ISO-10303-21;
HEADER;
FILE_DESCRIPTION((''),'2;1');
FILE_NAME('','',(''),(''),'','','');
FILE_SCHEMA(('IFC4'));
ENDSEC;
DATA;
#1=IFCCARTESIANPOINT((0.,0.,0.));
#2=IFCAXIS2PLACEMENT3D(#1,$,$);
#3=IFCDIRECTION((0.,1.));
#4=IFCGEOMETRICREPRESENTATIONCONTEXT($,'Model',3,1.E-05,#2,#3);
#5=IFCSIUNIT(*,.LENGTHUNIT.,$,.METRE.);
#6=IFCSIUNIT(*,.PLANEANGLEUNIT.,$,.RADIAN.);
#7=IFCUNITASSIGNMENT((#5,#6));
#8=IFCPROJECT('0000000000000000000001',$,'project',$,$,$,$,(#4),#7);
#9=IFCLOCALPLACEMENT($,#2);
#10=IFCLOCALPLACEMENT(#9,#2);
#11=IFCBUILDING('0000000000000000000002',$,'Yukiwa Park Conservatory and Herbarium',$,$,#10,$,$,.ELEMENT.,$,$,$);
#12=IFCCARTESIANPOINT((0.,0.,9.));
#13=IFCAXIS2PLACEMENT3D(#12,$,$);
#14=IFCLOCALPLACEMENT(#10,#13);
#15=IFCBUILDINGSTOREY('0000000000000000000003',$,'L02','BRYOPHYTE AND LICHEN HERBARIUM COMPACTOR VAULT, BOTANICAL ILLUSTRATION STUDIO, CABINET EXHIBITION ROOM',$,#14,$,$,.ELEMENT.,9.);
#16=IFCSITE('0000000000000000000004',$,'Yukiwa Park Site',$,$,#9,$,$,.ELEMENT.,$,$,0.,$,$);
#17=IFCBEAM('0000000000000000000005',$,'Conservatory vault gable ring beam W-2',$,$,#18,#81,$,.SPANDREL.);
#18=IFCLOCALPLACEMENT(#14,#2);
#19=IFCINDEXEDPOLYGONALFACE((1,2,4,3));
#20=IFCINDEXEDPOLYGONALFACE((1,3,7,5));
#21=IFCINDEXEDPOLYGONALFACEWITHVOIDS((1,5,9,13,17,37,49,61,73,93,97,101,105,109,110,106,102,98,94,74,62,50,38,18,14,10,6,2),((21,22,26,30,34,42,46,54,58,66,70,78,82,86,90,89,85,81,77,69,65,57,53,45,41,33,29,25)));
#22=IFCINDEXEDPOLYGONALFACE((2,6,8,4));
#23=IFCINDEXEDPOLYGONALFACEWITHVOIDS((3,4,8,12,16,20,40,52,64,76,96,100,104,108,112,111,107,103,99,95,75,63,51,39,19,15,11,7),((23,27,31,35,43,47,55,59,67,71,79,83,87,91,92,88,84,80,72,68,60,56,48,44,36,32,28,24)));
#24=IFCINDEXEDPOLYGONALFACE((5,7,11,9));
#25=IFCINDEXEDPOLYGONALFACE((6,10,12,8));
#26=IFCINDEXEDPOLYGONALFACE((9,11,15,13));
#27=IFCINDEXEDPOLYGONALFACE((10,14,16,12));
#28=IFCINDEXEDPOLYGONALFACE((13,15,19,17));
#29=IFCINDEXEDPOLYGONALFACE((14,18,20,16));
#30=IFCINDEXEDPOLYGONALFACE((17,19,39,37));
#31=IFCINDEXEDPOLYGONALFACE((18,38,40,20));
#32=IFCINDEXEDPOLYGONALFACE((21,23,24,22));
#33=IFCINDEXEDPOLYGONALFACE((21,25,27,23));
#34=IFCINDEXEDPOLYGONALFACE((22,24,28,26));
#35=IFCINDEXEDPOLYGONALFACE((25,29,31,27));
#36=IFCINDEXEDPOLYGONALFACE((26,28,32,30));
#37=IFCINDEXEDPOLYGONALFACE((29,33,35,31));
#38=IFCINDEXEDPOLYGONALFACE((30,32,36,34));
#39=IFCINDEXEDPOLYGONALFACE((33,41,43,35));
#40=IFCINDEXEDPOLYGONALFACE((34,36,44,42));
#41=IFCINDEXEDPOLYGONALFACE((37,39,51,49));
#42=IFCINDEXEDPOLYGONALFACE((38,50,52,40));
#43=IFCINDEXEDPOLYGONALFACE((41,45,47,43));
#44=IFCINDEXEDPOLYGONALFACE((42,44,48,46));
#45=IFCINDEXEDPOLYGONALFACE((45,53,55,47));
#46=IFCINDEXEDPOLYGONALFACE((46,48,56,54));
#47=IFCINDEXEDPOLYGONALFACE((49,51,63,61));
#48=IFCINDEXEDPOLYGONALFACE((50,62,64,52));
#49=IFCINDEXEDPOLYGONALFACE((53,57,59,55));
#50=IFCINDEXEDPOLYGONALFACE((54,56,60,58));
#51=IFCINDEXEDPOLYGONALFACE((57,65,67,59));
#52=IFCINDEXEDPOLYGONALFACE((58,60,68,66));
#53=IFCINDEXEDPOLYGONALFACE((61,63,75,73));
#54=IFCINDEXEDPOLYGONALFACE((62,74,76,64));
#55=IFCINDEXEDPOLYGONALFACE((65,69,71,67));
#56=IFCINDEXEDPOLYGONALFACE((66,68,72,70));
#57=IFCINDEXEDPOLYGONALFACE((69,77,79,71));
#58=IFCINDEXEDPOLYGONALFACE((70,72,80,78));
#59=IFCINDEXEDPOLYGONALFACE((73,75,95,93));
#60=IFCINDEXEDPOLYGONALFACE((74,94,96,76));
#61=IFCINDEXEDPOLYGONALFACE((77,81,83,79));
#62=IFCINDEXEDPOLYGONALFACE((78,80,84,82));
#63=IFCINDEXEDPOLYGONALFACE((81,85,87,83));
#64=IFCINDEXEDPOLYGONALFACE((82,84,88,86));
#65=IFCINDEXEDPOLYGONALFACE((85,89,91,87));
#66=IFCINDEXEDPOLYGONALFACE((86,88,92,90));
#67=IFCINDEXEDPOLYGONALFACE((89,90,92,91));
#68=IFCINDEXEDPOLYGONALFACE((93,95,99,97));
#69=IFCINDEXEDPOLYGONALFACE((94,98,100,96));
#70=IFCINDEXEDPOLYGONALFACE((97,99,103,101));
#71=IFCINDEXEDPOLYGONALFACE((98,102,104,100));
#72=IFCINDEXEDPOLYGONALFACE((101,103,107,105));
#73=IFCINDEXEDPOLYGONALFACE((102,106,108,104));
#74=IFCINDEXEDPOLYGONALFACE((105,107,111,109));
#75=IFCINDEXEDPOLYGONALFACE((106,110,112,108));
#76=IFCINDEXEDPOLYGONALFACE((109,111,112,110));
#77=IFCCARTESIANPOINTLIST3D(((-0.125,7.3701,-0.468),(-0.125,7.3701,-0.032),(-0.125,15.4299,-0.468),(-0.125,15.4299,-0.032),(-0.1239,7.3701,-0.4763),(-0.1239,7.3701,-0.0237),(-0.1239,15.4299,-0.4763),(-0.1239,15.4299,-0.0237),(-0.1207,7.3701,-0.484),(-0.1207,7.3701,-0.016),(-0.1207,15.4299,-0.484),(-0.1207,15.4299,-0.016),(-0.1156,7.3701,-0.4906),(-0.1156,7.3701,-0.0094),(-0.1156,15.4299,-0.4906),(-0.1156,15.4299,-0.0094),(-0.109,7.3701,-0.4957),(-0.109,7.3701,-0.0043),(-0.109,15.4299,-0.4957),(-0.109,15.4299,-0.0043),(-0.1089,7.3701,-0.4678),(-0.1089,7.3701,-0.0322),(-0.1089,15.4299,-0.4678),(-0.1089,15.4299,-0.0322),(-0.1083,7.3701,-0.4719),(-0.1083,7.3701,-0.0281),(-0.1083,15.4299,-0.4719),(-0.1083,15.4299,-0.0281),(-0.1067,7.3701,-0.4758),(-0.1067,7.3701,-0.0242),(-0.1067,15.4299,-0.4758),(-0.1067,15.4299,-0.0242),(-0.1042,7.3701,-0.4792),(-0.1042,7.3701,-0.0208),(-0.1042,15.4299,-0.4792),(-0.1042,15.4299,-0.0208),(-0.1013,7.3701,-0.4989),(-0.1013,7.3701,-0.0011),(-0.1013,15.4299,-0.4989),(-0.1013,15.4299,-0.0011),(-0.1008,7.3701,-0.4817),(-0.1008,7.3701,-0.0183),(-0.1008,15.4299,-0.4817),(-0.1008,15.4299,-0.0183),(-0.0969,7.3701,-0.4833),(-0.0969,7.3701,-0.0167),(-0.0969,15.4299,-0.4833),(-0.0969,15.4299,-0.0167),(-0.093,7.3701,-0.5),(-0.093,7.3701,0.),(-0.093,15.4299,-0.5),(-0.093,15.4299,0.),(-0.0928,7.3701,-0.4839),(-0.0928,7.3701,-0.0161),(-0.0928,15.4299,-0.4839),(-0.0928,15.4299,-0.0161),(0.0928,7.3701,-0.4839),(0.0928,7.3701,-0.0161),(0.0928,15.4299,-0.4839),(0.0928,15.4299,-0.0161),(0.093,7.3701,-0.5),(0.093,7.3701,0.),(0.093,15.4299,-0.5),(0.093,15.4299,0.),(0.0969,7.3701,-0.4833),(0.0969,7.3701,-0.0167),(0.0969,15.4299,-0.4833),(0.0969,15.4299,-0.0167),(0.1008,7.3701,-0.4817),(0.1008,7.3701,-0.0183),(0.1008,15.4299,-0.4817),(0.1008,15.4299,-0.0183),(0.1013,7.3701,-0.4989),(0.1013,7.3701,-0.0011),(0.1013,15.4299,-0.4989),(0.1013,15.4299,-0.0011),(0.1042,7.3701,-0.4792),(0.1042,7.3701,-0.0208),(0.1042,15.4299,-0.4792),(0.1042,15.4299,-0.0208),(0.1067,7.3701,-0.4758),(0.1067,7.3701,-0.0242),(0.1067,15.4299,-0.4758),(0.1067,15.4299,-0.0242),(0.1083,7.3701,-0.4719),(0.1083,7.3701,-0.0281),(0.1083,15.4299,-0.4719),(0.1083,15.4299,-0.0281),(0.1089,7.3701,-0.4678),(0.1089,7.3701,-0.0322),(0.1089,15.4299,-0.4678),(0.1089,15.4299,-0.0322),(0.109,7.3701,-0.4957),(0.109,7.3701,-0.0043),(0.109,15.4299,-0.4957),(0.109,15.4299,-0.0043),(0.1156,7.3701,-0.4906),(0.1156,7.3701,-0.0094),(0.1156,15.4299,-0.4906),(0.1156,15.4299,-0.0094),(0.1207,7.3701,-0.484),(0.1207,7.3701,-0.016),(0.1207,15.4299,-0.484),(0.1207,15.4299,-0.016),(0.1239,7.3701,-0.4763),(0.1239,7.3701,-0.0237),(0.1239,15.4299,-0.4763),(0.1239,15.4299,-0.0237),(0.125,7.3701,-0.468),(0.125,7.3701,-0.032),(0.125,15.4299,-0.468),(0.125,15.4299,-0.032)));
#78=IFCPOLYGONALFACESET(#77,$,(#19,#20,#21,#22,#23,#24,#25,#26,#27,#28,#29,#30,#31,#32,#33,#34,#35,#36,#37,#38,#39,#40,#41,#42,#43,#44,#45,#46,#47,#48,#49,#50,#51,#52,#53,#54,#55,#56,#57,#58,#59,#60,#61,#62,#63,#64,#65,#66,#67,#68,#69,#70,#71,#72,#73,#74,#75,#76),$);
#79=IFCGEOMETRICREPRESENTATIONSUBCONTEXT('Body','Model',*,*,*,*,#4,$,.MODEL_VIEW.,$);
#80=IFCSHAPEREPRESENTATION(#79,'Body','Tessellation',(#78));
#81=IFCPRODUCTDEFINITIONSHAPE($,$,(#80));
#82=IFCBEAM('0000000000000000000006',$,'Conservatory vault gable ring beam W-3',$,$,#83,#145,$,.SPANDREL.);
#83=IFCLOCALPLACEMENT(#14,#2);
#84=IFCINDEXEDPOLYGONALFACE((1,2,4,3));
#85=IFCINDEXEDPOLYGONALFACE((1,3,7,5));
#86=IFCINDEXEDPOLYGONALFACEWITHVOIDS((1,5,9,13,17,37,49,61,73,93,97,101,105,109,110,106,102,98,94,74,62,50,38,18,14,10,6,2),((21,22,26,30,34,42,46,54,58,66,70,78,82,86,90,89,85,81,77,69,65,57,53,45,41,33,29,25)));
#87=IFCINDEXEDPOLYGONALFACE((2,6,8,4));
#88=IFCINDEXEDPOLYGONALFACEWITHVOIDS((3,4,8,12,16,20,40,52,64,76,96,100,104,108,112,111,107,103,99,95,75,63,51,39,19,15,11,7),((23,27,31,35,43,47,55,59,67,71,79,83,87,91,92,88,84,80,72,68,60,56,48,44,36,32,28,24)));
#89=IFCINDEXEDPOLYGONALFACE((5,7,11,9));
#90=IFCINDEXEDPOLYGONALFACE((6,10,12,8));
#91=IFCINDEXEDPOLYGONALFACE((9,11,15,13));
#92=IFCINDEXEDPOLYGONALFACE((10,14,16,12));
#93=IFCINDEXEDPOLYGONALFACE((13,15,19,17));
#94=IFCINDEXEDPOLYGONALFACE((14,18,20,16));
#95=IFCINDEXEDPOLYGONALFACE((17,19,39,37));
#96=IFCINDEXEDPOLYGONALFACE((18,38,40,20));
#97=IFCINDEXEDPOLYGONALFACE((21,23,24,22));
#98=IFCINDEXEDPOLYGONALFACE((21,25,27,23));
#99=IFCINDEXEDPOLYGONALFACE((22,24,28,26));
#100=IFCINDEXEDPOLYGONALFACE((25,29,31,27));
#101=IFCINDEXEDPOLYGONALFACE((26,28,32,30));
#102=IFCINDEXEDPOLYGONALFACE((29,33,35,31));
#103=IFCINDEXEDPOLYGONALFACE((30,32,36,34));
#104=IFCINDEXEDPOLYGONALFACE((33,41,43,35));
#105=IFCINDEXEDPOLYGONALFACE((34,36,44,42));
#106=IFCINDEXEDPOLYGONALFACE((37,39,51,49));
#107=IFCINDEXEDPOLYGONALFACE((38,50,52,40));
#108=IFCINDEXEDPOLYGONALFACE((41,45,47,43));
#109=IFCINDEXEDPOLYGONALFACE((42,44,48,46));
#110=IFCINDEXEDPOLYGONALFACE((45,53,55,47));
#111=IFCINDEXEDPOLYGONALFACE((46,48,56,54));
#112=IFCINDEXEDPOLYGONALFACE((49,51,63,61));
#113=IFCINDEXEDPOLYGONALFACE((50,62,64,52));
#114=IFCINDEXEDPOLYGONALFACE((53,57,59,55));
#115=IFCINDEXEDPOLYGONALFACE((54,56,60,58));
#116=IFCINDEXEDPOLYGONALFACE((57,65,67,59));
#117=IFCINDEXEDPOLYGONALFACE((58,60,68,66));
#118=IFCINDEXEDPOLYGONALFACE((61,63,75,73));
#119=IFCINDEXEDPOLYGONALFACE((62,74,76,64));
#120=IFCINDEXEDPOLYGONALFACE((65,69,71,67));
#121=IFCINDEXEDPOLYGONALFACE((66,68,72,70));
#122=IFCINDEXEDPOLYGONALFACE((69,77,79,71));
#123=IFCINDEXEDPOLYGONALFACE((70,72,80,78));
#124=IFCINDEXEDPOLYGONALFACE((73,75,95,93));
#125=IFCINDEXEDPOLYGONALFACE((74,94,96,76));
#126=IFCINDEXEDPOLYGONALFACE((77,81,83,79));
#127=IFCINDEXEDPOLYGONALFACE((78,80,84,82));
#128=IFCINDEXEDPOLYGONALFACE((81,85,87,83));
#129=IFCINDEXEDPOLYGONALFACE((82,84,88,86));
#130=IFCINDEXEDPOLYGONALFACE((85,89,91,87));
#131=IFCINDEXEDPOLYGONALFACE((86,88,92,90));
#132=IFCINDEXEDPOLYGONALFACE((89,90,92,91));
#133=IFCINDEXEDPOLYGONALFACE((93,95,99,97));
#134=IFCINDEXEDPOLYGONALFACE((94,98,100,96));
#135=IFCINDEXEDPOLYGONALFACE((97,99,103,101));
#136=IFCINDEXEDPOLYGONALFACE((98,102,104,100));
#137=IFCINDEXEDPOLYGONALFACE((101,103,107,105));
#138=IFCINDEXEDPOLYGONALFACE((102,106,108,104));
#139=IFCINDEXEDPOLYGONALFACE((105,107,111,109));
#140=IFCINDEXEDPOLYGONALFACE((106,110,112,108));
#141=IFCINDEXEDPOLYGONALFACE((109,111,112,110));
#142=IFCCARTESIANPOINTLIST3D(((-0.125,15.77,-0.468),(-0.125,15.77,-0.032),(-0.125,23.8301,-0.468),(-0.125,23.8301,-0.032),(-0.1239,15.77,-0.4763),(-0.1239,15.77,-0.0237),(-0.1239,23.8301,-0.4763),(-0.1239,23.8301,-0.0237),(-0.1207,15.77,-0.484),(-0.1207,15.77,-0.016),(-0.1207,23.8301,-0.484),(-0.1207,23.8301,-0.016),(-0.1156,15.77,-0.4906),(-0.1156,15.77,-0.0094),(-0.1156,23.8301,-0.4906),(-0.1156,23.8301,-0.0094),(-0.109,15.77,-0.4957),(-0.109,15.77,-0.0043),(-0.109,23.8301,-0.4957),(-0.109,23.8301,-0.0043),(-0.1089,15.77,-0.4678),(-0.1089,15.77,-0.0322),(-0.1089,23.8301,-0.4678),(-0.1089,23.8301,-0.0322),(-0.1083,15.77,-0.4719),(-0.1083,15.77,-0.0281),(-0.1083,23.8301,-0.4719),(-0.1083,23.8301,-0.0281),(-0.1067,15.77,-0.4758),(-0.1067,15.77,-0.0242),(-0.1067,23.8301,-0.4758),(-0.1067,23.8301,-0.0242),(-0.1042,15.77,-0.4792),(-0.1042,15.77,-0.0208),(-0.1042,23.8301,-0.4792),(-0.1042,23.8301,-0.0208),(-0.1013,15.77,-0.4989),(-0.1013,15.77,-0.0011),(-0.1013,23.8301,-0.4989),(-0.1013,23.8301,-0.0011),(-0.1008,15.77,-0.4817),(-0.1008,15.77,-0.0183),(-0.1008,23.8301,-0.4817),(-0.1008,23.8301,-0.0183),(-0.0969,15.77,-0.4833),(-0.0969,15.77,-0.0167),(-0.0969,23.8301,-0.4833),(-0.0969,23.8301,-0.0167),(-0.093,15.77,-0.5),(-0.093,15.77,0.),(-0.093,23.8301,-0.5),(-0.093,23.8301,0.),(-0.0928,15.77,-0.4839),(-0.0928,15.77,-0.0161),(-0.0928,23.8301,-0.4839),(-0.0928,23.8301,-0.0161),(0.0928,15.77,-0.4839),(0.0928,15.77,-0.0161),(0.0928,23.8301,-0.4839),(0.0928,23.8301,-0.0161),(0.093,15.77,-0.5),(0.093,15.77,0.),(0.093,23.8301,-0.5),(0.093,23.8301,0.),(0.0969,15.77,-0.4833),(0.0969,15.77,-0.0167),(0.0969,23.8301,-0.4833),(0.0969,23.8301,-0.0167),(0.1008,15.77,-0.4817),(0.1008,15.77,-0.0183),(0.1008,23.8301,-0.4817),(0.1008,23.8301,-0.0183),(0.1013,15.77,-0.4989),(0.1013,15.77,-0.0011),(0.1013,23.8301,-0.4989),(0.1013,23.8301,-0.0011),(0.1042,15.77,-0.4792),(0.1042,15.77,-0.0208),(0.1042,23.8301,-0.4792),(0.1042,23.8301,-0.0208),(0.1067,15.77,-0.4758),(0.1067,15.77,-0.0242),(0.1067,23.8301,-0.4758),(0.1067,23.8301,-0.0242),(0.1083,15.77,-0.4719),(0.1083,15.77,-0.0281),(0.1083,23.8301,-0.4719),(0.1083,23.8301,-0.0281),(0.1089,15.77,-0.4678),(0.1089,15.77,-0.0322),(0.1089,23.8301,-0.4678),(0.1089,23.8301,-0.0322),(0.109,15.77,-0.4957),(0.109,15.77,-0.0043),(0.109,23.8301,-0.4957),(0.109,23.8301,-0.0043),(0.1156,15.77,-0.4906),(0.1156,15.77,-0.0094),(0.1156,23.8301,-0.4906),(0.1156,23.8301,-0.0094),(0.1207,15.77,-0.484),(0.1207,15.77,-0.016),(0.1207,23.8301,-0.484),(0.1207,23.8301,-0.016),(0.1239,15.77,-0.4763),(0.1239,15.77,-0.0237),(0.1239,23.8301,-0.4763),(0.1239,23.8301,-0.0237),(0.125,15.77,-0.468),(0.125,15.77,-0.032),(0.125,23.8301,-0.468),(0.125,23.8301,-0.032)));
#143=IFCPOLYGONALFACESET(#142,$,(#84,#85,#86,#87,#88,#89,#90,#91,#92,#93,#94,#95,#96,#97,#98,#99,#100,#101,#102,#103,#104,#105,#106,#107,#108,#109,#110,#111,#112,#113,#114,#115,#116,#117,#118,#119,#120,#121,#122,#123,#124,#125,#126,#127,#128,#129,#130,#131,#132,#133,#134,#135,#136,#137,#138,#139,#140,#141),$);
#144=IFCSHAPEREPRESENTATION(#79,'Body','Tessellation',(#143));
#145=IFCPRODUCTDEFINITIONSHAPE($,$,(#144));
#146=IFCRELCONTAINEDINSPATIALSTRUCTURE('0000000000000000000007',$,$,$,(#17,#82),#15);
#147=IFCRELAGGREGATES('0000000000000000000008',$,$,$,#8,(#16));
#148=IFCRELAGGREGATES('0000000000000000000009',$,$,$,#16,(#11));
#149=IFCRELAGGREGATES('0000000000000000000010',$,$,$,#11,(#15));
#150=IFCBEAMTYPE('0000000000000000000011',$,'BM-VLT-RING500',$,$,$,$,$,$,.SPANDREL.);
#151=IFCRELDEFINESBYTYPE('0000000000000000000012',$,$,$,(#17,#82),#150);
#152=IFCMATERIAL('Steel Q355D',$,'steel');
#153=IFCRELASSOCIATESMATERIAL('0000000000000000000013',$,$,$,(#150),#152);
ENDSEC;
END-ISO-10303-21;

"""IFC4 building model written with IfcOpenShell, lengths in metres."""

from ifc_helpers import new_model, si_unit, direction, frame, origin, origin_2d, place, context, subcontext, project, spatial, hollow_rectangle, extrude, material, material_profile, profile_set, type_object, element, save


model = new_model("IFC4")

# Units and contexts
model_context = context("Model", 3, precision=1e-05, world=origin(), true_north=direction((0.0, 1.0)))
body_context = subcontext(model_context, "Body", "Model", "MODEL_VIEW")
ifc_project = project(units=[si_unit("LENGTHUNIT", "METRE"), si_unit("PLANEANGLEUNIT", "RADIAN")], contexts=[model_context])

# Site, building, storey
site_placement = place(None, origin())
site = spatial("IfcSite", under=ifc_project, at=site_placement, Name="Yukiwa Park Site", CompositionType="ELEMENT", RefElevation=0.0)
building_placement = place(site_placement, origin())
building = spatial("IfcBuilding", under=site, at=building_placement, Name="Yukiwa Park Conservatory and Herbarium", CompositionType="ELEMENT")
storey_placement = place(building_placement, frame((0.0, 0.0, 9.0)))
storey = spatial("IfcBuildingStorey", under=building, at=storey_placement, Name="L02", Description="BRYOPHYTE AND LICHEN HERBARIUM COMPACTOR VAULT, BOTANICAL ILLUSTRATION STUDIO, CABINET EXHIBITION ROOM", CompositionType="ELEMENT", Elevation=9.0)

# Beams
ifc_material_1 = material(Name="Steel Q355D", Category="steel")
ifc_material_profile = material_profile(ifc_material_1, hollow_rectangle(XDim=0.25, YDim=0.5, WallThickness=0.0161, InnerFilletRadius=0.0161, OuterFilletRadius=0.032, at=origin_2d()), Name="RHS 500x250x16")
ifc_profile_set = profile_set([ifc_material_profile], Name="Steel Q355D")
beam_type = type_object("IfcBeamType", Name="BM-VLT-RING500", PredefinedType="SPANDREL", material=ifc_profile_set)
beam_1_placement = place(storey_placement, frame((0.0, 7.3701, -0.25), z_axis=(0.0, 1.0, 0.0), x_axis=(-1.0, 0.0, 0.0)))
element("IfcBeam", 1, at=beam_1_placement, inside=storey, type_object=beam_type, Name="Conservatory vault gable ring beam W-2", PredefinedType="SPANDREL", context=body_context, shape_type="SweptSolid", body=[
    extrude(hollow_rectangle(XDim=0.25, YDim=0.5, WallThickness=0.0161, InnerFilletRadius=0.0161, OuterFilletRadius=0.032, at=origin_2d()), origin(), (0.0, 0.0, 1.0), 8.0598),
])
beam_2_placement = place(storey_placement, frame((0.0, 15.77, -0.25), z_axis=(0.0, 1.0, 0.0), x_axis=(-1.0, 0.0, 0.0)))
element("IfcBeam", 2, at=beam_2_placement, inside=storey, type_object=beam_type, Name="Conservatory vault gable ring beam W-3", PredefinedType="SPANDREL", context=body_context, shape_type="SweptSolid", body=[
    extrude(hollow_rectangle(XDim=0.25, YDim=0.5, WallThickness=0.0161, InnerFilletRadius=0.0161, OuterFilletRadius=0.032, at=origin_2d()), origin(), (0.0, 0.0, 1.0), 8.0601),
])

save(model, "model.ifc")
